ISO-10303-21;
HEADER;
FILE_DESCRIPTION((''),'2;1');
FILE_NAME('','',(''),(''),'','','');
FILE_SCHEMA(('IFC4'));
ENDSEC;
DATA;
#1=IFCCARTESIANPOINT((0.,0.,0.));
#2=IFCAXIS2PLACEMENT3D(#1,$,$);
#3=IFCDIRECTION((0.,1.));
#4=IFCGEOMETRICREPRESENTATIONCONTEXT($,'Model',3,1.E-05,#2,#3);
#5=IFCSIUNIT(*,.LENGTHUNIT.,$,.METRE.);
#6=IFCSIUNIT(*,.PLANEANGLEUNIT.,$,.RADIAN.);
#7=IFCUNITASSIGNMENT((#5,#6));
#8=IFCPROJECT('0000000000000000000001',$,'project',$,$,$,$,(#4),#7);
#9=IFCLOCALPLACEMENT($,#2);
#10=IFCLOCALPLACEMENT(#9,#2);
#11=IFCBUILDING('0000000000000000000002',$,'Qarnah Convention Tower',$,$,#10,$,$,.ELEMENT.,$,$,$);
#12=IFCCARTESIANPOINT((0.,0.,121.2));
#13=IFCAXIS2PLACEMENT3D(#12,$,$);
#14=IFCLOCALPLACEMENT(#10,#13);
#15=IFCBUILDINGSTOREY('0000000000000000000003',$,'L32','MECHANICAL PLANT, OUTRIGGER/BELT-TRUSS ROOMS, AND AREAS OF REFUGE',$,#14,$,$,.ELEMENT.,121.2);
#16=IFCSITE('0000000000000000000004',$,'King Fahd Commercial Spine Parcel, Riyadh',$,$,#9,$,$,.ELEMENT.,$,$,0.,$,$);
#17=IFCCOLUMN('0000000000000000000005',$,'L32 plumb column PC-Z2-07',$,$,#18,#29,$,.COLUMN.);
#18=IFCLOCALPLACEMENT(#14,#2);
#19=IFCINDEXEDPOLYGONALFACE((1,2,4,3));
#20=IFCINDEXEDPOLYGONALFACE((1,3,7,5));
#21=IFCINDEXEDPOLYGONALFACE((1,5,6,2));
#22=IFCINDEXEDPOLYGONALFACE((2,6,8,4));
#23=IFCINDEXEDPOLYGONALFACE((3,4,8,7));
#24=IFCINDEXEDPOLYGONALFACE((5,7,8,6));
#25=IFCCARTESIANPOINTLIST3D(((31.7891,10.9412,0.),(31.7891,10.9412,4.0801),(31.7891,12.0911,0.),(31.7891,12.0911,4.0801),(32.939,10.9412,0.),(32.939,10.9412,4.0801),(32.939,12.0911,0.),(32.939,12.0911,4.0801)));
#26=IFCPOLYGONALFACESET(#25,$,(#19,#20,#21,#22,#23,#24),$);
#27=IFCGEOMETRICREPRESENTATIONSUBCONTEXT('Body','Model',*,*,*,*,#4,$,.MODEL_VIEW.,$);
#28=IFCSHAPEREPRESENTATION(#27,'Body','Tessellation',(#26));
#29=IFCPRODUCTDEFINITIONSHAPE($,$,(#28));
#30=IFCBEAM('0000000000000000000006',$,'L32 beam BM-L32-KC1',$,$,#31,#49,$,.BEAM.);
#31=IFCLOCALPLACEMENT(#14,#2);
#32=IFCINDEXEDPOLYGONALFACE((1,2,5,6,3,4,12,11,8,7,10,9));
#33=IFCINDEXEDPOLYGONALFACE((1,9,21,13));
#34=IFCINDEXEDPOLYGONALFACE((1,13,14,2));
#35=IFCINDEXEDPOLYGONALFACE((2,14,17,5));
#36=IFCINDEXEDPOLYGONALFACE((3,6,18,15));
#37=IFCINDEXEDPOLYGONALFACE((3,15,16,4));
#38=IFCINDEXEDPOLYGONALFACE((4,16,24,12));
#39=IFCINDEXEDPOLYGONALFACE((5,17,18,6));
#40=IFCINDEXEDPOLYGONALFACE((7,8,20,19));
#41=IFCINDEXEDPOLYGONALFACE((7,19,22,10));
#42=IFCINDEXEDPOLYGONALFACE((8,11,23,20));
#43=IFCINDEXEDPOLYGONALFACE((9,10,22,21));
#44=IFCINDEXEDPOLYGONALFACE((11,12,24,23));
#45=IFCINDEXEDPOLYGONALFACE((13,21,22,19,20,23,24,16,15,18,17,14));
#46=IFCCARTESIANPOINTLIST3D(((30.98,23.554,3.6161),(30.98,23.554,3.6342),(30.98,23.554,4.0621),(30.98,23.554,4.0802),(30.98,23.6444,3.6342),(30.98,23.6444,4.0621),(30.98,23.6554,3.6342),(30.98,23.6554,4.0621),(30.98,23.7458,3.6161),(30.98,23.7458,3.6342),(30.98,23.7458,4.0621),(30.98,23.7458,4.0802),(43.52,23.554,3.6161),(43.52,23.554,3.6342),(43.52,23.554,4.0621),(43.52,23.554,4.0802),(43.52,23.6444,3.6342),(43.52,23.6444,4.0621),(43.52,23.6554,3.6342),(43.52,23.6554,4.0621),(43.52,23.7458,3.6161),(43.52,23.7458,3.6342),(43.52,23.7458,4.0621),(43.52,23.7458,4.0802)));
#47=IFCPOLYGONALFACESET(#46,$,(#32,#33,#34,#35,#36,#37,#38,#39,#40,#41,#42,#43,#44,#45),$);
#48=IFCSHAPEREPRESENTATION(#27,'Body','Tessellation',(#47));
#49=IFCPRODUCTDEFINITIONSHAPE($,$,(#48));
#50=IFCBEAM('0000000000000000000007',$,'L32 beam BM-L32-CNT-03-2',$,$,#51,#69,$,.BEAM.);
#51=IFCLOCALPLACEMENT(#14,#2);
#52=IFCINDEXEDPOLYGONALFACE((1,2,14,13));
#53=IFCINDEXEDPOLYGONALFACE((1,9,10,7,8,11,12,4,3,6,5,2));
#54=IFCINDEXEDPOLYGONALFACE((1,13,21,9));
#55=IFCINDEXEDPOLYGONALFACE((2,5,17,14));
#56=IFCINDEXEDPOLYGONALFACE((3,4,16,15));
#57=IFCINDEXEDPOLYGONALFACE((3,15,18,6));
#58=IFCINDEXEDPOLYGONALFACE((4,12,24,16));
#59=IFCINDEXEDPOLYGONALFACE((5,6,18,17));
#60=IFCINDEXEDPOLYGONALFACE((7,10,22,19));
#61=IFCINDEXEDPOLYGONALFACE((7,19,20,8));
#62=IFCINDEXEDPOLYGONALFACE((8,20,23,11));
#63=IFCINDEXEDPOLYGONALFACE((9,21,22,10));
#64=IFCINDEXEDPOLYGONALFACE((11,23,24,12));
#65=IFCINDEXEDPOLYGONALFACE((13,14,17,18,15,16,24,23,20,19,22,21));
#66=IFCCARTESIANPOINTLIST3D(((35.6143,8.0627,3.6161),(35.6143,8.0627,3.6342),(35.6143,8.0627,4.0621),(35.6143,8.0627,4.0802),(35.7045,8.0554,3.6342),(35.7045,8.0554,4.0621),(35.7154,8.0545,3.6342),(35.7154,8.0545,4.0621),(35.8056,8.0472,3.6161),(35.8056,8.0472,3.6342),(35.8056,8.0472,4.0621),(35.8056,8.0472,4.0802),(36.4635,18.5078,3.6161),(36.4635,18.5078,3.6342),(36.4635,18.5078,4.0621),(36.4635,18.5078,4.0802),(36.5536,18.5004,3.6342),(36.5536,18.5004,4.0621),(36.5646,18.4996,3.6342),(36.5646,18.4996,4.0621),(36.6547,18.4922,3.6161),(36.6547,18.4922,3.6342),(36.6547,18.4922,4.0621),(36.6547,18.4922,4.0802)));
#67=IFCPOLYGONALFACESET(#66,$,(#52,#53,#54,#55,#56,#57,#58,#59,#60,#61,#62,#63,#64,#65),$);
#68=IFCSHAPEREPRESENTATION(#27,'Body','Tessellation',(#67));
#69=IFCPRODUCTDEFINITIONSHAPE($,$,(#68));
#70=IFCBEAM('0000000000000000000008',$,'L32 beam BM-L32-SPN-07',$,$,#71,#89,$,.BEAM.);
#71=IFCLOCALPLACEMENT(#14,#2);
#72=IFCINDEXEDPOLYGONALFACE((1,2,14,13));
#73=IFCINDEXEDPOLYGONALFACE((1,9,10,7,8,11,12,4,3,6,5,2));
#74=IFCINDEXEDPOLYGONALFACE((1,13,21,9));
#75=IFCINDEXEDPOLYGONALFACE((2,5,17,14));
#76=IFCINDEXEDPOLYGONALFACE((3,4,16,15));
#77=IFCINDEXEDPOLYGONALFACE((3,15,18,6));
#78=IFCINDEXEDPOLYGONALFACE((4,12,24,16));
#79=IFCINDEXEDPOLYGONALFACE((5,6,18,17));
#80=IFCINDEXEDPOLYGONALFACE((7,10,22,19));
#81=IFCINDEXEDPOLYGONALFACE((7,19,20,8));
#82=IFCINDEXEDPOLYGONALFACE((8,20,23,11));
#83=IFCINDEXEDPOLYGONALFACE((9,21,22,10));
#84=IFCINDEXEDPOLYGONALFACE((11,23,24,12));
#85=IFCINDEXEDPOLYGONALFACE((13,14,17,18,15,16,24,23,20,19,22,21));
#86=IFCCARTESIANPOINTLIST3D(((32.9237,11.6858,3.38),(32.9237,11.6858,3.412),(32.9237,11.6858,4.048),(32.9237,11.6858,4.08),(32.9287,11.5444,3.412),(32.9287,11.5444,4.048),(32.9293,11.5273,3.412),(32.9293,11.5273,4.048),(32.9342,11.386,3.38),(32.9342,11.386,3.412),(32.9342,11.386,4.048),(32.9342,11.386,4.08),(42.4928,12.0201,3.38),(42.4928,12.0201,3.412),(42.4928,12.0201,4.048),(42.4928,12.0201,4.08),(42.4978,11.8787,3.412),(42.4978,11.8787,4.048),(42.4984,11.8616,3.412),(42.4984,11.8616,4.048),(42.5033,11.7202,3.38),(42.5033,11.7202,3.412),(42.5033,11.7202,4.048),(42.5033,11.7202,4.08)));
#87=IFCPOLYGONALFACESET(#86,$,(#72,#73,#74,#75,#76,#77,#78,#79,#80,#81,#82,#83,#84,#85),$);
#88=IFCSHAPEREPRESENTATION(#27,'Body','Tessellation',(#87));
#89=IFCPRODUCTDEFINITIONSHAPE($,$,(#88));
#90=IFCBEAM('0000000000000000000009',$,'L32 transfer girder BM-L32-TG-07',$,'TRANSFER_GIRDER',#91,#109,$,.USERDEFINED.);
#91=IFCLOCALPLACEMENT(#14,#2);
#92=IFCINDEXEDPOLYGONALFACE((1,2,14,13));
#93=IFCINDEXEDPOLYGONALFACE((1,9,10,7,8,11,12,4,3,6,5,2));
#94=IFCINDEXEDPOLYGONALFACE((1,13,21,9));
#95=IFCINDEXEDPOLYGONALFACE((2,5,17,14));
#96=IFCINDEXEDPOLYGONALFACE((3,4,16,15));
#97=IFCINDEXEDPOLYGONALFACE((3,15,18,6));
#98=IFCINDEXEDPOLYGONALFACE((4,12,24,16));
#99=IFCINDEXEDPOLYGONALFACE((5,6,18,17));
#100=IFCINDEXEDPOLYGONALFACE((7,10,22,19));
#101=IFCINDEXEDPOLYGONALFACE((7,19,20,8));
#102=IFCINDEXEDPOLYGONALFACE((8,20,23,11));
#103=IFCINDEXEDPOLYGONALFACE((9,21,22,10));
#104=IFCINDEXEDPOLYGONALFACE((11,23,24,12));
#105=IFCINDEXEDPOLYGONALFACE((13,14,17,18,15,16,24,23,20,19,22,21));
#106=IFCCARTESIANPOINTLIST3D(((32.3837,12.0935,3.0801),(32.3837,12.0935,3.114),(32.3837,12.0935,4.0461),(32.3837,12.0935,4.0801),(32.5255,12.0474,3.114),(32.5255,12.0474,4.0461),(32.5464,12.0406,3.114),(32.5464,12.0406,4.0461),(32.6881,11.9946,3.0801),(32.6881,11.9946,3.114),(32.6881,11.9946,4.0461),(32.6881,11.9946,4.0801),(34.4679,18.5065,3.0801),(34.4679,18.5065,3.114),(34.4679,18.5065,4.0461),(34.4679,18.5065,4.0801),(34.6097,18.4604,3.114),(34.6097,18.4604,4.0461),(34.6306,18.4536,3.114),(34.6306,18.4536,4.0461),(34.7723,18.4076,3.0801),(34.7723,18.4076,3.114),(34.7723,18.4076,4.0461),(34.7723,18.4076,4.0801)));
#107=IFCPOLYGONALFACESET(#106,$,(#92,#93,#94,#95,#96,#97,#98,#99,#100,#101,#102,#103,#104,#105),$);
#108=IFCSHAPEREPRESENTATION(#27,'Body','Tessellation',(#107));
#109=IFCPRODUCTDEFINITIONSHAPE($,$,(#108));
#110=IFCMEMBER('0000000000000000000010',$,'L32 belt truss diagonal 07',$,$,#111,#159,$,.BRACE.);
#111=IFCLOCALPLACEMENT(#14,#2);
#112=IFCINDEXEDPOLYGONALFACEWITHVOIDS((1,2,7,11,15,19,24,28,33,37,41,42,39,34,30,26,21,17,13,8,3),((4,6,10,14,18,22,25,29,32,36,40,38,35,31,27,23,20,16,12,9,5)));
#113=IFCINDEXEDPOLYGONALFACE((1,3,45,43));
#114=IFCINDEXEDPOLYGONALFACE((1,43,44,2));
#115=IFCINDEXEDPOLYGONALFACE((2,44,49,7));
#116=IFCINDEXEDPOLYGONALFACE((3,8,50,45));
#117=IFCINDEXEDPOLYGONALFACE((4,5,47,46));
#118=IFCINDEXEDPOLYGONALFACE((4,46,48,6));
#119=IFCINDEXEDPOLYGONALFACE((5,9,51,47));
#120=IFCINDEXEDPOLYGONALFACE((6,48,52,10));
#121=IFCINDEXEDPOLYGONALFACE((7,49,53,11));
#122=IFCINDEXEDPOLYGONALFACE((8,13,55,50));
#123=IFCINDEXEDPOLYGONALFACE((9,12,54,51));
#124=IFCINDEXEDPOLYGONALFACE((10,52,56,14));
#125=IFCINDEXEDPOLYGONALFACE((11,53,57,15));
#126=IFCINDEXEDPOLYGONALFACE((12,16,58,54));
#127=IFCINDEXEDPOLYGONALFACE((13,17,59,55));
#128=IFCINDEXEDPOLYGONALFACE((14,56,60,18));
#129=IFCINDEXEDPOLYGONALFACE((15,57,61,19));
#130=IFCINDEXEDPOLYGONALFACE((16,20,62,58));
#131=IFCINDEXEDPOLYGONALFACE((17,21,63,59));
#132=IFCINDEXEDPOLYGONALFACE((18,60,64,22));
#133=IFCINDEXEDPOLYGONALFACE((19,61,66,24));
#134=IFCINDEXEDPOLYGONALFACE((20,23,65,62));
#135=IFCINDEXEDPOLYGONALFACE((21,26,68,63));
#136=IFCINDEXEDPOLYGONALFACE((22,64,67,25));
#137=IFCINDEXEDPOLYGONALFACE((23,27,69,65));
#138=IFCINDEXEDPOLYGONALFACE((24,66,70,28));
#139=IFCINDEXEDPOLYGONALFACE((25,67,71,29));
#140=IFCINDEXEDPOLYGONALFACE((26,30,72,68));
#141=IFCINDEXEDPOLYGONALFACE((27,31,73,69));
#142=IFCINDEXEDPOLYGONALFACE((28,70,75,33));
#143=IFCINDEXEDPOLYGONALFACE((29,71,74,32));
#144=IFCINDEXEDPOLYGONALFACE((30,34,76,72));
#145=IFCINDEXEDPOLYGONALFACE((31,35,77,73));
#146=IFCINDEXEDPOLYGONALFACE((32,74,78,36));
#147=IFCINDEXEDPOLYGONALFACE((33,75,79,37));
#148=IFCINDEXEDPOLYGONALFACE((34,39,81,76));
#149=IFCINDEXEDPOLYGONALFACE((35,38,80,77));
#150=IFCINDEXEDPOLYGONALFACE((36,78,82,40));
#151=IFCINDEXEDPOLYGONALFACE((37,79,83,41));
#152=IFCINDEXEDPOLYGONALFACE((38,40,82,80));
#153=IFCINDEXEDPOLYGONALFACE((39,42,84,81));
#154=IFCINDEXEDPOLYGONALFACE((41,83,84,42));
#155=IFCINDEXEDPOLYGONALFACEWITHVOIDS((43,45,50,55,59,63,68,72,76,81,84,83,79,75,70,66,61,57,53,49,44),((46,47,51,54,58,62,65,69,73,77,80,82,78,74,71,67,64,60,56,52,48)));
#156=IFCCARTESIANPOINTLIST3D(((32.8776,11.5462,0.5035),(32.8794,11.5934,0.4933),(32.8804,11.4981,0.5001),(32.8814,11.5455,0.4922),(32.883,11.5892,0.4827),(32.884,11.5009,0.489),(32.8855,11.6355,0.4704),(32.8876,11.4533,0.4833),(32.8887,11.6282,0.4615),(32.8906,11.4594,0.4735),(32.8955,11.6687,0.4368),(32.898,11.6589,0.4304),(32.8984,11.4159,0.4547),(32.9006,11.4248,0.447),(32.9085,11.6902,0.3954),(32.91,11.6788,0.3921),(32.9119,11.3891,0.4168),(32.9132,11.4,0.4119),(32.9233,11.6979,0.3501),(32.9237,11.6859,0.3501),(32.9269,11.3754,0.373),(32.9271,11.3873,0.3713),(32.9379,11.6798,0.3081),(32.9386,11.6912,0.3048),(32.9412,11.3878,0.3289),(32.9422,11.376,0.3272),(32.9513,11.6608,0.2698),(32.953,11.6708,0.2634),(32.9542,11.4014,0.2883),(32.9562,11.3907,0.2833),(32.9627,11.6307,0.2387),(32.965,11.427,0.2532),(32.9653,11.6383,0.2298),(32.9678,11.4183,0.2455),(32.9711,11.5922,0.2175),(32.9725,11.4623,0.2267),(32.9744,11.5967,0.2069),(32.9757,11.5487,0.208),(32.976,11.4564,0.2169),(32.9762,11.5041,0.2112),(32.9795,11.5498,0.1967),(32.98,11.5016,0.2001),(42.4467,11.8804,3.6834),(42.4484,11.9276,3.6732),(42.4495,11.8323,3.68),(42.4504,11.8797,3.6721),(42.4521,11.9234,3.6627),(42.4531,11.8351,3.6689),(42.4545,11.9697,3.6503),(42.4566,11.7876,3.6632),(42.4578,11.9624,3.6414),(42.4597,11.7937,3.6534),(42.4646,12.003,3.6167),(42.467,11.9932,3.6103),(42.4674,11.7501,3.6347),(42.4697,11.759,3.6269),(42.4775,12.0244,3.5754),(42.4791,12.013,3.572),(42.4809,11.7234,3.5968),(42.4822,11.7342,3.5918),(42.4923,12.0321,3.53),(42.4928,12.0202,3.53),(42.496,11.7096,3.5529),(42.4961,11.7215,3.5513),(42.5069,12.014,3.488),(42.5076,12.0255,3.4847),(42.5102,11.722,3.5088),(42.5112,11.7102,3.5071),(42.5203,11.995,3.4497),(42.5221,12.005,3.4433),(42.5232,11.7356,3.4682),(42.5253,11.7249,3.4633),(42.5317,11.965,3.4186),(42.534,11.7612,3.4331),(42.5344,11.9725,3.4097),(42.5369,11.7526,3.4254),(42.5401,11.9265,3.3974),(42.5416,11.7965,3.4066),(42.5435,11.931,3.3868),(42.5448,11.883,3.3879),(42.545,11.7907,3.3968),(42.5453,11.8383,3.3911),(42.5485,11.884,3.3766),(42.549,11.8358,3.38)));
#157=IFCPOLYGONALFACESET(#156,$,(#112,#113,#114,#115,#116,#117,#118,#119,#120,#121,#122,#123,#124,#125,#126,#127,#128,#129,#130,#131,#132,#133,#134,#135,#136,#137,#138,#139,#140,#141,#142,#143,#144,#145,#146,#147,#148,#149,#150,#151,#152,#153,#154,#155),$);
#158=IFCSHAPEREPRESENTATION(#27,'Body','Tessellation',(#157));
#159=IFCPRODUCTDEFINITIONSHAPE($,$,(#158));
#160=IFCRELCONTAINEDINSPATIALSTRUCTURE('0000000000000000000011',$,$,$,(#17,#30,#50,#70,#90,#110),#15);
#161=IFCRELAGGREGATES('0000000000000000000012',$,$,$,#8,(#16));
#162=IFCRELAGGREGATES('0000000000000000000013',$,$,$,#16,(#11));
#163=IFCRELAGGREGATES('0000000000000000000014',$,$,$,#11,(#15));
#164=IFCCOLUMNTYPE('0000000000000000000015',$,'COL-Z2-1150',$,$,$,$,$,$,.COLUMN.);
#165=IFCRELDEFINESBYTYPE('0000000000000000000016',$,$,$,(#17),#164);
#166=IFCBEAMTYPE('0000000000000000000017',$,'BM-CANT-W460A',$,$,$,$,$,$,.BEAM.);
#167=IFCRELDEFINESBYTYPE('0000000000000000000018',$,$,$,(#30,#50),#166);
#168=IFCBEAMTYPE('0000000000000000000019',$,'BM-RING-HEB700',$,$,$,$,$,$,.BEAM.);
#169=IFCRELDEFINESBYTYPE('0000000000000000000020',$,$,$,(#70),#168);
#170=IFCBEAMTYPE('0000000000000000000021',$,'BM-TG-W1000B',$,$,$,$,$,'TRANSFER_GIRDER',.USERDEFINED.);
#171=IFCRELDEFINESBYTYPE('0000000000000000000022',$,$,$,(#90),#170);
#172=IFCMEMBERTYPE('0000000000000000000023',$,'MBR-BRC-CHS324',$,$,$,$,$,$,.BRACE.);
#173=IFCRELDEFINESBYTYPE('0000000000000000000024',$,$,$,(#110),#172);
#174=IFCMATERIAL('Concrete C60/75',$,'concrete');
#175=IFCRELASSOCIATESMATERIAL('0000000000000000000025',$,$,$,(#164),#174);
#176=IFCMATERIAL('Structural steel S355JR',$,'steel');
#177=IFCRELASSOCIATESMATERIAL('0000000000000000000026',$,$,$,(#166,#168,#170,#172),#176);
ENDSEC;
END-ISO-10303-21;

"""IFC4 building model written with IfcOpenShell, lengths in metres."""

from ifc_helpers import new_model, si_unit, direction, frame, origin, origin_2d, place, context, subcontext, project, spatial, rectangle, hollow_circle, i_section, extrude, material, material_profile, profile_set, type_object, element, save


model = new_model("IFC4")

# Units and contexts
model_context = context("Model", 3, precision=1e-05, world=origin(), true_north=direction((0.0, 1.0)))
body_context = subcontext(model_context, "Body", "Model", "MODEL_VIEW")
ifc_project = project(units=[si_unit("LENGTHUNIT", "METRE"), si_unit("PLANEANGLEUNIT", "RADIAN")], contexts=[model_context])

# Site, building, storey
site_placement = place(None, origin())
site = spatial("IfcSite", under=ifc_project, at=site_placement, Name="King Fahd Commercial Spine Parcel, Riyadh", CompositionType="ELEMENT", RefElevation=0.0)
building_placement = place(site_placement, origin())
building = spatial("IfcBuilding", under=site, at=building_placement, Name="Qarnah Convention Tower", CompositionType="ELEMENT")
storey_placement = place(building_placement, frame((0.0, 0.0, 121.2)))
storey = spatial("IfcBuildingStorey", under=building, at=storey_placement, Name="L32", Description="MECHANICAL PLANT, OUTRIGGER/BELT-TRUSS ROOMS, AND AREAS OF REFUGE", CompositionType="ELEMENT", Elevation=121.2)

# Column
ifc_material_1 = material(Name="Concrete C60/75", Category="concrete")
ifc_material_profile_1 = material_profile(ifc_material_1, rectangle(XDim=1.1499, YDim=1.1499, at=origin_2d()), Name="RC-COL-1150X1150")
ifc_profile_set_1 = profile_set([ifc_material_profile_1], Name="Concrete C60/75")
column_type = type_object("IfcColumnType", Name="COL-Z2-1150", PredefinedType="COLUMN", material=ifc_profile_set_1)
column_placement = place(storey_placement, frame((32.364, 11.5161, 0.0), z_axis=(0.0, 0.0, 1.0), x_axis=(1.0, 0.0, 0.0)))
element("IfcColumn", 1, at=column_placement, inside=storey, type_object=column_type, Name="L32 plumb column PC-Z2-07", PredefinedType="COLUMN", context=body_context, shape_type="SweptSolid", body=[
    extrude(rectangle(XDim=1.1499, YDim=1.1499, at=origin_2d()), origin(), (0.0, 0.0, 1.0), 4.0801),
])

# Beams
ifc_material_2 = material(Name="Structural steel S355JR", Category="steel")
ifc_material_profile_2 = material_profile(ifc_material_2, i_section(OverallWidth=0.1919, OverallDepth=0.4641, WebThickness=0.011, FlangeThickness=0.0181, at=origin_2d()), Name="W460X89")
ifc_profile_set_2 = profile_set([ifc_material_profile_2], Name="Structural steel S355JR")
beam_type_1 = type_object("IfcBeamType", Name="BM-CANT-W460A", PredefinedType="BEAM", material=ifc_profile_set_2)
beam_1_placement = place(storey_placement, frame((30.98, 23.6499, 3.8481), z_axis=(1.0, 0.0, 0.0), x_axis=(0.0, 1.0, 0.0)))
element("IfcBeam", 2, at=beam_1_placement, inside=storey, type_object=beam_type_1, Name="L32 beam BM-L32-KC1", PredefinedType="BEAM", context=body_context, shape_type="SweptSolid", body=[
    extrude(i_section(OverallWidth=0.1919, OverallDepth=0.4641, WebThickness=0.011, FlangeThickness=0.0181, at=origin_2d()), origin(), (0.0, 0.0, 1.0), 12.54),
])
beam_2_placement = place(storey_placement, frame((36.5591, 18.5, 3.8481), z_axis=(-0.081027, -0.996712, 0.0), x_axis=(0.996712, -0.081027, 0.0)))
element("IfcBeam", 3, at=beam_2_placement, inside=storey, type_object=beam_type_1, Name="L32 beam BM-L32-CNT-03-2", PredefinedType="BEAM", context=body_context, shape_type="SweptSolid", body=[
    extrude(i_section(OverallWidth=0.1919, OverallDepth=0.4641, WebThickness=0.011, FlangeThickness=0.0181, at=origin_2d()), origin(), (0.0, 0.0, 1.0), 10.4795),
])
ifc_material_profile_3 = material_profile(ifc_material_2, i_section(OverallWidth=0.3, OverallDepth=0.7, WebThickness=0.0171, FlangeThickness=0.032, at=origin_2d()), Name="HEB700")
ifc_profile_set_3 = profile_set([ifc_material_profile_3], Name="Structural steel S355JR")
beam_type_2 = type_object("IfcBeamType", Name="BM-RING-HEB700", PredefinedType="BEAM", material=ifc_profile_set_3)
beam_3_placement = place(storey_placement, frame((32.929, 11.5359, 3.73), z_axis=(0.999391, 0.034907, 0.0), x_axis=(-0.034907, 0.999391, 0.0)))
element("IfcBeam", 4, at=beam_3_placement, inside=storey, type_object=beam_type_2, Name="L32 beam BM-L32-SPN-07", PredefinedType="BEAM", context=body_context, shape_type="SweptSolid", body=[
    extrude(i_section(OverallWidth=0.3, OverallDepth=0.7, WebThickness=0.0171, FlangeThickness=0.032, at=origin_2d()), origin(), (0.0, 0.0, 1.0), 9.575),
])
ifc_material_profile_4 = material_profile(ifc_material_2, i_section(OverallWidth=0.3201, OverallDepth=1.0, WebThickness=0.022, FlangeThickness=0.0339, at=origin_2d()), Name="W1000X371")
ifc_profile_set_4 = profile_set([ifc_material_profile_4], Name="Structural steel S355JR")
beam_type_3 = type_object("IfcBeamType", Name="BM-TG-W1000B", ElementType="TRANSFER_GIRDER", PredefinedType="USERDEFINED", material=ifc_profile_set_4)
beam_4_placement = place(storey_placement, frame((34.6201, 18.457, 3.5801), z_axis=(-0.309083, -0.951035, 0.0), x_axis=(0.951035, -0.309083, 0.0)))
element("IfcBeam", 5, at=beam_4_placement, inside=storey, type_object=beam_type_3, Name="L32 transfer girder BM-L32-TG-07", ObjectType="TRANSFER_GIRDER", PredefinedType="USERDEFINED", context=body_context, shape_type="SweptSolid", body=[
    extrude(i_section(OverallWidth=0.3201, OverallDepth=1.0, WebThickness=0.022, FlangeThickness=0.0339, at=origin_2d()), origin(), (0.0, 0.0, 1.0), 6.7432),
])

# Member
ifc_material_profile_5 = material_profile(ifc_material_2, hollow_circle(Radius=0.1621, WallThickness=0.012, at=origin_2d()), Name="CHS324X12")
ifc_profile_set_5 = profile_set([ifc_material_profile_5], Name="Structural steel S355JR")
member_type_1 = type_object("IfcMemberType", Name="MBR-BRC-CHS324", PredefinedType="BRACE", material=ifc_profile_set_5)
member_1_placement = place(storey_placement, frame((32.929, 11.5359, 0.3501), z_axis=(0.948453, 0.033127, 0.315183), x_axis=(-0.034907, 0.999391, 0.0)))
element("IfcMember", 6, at=member_1_placement, inside=storey, type_object=member_type_1, Name="L32 belt truss diagonal 07", PredefinedType="BRACE", context=body_context, shape_type="SweptSolid", body=[
    extrude(hollow_circle(Radius=0.1621, WallThickness=0.012, at=origin_2d()), origin(), (0.0, 0.0, 1.0), 10.0891),
])

save(model, "model.ifc")
